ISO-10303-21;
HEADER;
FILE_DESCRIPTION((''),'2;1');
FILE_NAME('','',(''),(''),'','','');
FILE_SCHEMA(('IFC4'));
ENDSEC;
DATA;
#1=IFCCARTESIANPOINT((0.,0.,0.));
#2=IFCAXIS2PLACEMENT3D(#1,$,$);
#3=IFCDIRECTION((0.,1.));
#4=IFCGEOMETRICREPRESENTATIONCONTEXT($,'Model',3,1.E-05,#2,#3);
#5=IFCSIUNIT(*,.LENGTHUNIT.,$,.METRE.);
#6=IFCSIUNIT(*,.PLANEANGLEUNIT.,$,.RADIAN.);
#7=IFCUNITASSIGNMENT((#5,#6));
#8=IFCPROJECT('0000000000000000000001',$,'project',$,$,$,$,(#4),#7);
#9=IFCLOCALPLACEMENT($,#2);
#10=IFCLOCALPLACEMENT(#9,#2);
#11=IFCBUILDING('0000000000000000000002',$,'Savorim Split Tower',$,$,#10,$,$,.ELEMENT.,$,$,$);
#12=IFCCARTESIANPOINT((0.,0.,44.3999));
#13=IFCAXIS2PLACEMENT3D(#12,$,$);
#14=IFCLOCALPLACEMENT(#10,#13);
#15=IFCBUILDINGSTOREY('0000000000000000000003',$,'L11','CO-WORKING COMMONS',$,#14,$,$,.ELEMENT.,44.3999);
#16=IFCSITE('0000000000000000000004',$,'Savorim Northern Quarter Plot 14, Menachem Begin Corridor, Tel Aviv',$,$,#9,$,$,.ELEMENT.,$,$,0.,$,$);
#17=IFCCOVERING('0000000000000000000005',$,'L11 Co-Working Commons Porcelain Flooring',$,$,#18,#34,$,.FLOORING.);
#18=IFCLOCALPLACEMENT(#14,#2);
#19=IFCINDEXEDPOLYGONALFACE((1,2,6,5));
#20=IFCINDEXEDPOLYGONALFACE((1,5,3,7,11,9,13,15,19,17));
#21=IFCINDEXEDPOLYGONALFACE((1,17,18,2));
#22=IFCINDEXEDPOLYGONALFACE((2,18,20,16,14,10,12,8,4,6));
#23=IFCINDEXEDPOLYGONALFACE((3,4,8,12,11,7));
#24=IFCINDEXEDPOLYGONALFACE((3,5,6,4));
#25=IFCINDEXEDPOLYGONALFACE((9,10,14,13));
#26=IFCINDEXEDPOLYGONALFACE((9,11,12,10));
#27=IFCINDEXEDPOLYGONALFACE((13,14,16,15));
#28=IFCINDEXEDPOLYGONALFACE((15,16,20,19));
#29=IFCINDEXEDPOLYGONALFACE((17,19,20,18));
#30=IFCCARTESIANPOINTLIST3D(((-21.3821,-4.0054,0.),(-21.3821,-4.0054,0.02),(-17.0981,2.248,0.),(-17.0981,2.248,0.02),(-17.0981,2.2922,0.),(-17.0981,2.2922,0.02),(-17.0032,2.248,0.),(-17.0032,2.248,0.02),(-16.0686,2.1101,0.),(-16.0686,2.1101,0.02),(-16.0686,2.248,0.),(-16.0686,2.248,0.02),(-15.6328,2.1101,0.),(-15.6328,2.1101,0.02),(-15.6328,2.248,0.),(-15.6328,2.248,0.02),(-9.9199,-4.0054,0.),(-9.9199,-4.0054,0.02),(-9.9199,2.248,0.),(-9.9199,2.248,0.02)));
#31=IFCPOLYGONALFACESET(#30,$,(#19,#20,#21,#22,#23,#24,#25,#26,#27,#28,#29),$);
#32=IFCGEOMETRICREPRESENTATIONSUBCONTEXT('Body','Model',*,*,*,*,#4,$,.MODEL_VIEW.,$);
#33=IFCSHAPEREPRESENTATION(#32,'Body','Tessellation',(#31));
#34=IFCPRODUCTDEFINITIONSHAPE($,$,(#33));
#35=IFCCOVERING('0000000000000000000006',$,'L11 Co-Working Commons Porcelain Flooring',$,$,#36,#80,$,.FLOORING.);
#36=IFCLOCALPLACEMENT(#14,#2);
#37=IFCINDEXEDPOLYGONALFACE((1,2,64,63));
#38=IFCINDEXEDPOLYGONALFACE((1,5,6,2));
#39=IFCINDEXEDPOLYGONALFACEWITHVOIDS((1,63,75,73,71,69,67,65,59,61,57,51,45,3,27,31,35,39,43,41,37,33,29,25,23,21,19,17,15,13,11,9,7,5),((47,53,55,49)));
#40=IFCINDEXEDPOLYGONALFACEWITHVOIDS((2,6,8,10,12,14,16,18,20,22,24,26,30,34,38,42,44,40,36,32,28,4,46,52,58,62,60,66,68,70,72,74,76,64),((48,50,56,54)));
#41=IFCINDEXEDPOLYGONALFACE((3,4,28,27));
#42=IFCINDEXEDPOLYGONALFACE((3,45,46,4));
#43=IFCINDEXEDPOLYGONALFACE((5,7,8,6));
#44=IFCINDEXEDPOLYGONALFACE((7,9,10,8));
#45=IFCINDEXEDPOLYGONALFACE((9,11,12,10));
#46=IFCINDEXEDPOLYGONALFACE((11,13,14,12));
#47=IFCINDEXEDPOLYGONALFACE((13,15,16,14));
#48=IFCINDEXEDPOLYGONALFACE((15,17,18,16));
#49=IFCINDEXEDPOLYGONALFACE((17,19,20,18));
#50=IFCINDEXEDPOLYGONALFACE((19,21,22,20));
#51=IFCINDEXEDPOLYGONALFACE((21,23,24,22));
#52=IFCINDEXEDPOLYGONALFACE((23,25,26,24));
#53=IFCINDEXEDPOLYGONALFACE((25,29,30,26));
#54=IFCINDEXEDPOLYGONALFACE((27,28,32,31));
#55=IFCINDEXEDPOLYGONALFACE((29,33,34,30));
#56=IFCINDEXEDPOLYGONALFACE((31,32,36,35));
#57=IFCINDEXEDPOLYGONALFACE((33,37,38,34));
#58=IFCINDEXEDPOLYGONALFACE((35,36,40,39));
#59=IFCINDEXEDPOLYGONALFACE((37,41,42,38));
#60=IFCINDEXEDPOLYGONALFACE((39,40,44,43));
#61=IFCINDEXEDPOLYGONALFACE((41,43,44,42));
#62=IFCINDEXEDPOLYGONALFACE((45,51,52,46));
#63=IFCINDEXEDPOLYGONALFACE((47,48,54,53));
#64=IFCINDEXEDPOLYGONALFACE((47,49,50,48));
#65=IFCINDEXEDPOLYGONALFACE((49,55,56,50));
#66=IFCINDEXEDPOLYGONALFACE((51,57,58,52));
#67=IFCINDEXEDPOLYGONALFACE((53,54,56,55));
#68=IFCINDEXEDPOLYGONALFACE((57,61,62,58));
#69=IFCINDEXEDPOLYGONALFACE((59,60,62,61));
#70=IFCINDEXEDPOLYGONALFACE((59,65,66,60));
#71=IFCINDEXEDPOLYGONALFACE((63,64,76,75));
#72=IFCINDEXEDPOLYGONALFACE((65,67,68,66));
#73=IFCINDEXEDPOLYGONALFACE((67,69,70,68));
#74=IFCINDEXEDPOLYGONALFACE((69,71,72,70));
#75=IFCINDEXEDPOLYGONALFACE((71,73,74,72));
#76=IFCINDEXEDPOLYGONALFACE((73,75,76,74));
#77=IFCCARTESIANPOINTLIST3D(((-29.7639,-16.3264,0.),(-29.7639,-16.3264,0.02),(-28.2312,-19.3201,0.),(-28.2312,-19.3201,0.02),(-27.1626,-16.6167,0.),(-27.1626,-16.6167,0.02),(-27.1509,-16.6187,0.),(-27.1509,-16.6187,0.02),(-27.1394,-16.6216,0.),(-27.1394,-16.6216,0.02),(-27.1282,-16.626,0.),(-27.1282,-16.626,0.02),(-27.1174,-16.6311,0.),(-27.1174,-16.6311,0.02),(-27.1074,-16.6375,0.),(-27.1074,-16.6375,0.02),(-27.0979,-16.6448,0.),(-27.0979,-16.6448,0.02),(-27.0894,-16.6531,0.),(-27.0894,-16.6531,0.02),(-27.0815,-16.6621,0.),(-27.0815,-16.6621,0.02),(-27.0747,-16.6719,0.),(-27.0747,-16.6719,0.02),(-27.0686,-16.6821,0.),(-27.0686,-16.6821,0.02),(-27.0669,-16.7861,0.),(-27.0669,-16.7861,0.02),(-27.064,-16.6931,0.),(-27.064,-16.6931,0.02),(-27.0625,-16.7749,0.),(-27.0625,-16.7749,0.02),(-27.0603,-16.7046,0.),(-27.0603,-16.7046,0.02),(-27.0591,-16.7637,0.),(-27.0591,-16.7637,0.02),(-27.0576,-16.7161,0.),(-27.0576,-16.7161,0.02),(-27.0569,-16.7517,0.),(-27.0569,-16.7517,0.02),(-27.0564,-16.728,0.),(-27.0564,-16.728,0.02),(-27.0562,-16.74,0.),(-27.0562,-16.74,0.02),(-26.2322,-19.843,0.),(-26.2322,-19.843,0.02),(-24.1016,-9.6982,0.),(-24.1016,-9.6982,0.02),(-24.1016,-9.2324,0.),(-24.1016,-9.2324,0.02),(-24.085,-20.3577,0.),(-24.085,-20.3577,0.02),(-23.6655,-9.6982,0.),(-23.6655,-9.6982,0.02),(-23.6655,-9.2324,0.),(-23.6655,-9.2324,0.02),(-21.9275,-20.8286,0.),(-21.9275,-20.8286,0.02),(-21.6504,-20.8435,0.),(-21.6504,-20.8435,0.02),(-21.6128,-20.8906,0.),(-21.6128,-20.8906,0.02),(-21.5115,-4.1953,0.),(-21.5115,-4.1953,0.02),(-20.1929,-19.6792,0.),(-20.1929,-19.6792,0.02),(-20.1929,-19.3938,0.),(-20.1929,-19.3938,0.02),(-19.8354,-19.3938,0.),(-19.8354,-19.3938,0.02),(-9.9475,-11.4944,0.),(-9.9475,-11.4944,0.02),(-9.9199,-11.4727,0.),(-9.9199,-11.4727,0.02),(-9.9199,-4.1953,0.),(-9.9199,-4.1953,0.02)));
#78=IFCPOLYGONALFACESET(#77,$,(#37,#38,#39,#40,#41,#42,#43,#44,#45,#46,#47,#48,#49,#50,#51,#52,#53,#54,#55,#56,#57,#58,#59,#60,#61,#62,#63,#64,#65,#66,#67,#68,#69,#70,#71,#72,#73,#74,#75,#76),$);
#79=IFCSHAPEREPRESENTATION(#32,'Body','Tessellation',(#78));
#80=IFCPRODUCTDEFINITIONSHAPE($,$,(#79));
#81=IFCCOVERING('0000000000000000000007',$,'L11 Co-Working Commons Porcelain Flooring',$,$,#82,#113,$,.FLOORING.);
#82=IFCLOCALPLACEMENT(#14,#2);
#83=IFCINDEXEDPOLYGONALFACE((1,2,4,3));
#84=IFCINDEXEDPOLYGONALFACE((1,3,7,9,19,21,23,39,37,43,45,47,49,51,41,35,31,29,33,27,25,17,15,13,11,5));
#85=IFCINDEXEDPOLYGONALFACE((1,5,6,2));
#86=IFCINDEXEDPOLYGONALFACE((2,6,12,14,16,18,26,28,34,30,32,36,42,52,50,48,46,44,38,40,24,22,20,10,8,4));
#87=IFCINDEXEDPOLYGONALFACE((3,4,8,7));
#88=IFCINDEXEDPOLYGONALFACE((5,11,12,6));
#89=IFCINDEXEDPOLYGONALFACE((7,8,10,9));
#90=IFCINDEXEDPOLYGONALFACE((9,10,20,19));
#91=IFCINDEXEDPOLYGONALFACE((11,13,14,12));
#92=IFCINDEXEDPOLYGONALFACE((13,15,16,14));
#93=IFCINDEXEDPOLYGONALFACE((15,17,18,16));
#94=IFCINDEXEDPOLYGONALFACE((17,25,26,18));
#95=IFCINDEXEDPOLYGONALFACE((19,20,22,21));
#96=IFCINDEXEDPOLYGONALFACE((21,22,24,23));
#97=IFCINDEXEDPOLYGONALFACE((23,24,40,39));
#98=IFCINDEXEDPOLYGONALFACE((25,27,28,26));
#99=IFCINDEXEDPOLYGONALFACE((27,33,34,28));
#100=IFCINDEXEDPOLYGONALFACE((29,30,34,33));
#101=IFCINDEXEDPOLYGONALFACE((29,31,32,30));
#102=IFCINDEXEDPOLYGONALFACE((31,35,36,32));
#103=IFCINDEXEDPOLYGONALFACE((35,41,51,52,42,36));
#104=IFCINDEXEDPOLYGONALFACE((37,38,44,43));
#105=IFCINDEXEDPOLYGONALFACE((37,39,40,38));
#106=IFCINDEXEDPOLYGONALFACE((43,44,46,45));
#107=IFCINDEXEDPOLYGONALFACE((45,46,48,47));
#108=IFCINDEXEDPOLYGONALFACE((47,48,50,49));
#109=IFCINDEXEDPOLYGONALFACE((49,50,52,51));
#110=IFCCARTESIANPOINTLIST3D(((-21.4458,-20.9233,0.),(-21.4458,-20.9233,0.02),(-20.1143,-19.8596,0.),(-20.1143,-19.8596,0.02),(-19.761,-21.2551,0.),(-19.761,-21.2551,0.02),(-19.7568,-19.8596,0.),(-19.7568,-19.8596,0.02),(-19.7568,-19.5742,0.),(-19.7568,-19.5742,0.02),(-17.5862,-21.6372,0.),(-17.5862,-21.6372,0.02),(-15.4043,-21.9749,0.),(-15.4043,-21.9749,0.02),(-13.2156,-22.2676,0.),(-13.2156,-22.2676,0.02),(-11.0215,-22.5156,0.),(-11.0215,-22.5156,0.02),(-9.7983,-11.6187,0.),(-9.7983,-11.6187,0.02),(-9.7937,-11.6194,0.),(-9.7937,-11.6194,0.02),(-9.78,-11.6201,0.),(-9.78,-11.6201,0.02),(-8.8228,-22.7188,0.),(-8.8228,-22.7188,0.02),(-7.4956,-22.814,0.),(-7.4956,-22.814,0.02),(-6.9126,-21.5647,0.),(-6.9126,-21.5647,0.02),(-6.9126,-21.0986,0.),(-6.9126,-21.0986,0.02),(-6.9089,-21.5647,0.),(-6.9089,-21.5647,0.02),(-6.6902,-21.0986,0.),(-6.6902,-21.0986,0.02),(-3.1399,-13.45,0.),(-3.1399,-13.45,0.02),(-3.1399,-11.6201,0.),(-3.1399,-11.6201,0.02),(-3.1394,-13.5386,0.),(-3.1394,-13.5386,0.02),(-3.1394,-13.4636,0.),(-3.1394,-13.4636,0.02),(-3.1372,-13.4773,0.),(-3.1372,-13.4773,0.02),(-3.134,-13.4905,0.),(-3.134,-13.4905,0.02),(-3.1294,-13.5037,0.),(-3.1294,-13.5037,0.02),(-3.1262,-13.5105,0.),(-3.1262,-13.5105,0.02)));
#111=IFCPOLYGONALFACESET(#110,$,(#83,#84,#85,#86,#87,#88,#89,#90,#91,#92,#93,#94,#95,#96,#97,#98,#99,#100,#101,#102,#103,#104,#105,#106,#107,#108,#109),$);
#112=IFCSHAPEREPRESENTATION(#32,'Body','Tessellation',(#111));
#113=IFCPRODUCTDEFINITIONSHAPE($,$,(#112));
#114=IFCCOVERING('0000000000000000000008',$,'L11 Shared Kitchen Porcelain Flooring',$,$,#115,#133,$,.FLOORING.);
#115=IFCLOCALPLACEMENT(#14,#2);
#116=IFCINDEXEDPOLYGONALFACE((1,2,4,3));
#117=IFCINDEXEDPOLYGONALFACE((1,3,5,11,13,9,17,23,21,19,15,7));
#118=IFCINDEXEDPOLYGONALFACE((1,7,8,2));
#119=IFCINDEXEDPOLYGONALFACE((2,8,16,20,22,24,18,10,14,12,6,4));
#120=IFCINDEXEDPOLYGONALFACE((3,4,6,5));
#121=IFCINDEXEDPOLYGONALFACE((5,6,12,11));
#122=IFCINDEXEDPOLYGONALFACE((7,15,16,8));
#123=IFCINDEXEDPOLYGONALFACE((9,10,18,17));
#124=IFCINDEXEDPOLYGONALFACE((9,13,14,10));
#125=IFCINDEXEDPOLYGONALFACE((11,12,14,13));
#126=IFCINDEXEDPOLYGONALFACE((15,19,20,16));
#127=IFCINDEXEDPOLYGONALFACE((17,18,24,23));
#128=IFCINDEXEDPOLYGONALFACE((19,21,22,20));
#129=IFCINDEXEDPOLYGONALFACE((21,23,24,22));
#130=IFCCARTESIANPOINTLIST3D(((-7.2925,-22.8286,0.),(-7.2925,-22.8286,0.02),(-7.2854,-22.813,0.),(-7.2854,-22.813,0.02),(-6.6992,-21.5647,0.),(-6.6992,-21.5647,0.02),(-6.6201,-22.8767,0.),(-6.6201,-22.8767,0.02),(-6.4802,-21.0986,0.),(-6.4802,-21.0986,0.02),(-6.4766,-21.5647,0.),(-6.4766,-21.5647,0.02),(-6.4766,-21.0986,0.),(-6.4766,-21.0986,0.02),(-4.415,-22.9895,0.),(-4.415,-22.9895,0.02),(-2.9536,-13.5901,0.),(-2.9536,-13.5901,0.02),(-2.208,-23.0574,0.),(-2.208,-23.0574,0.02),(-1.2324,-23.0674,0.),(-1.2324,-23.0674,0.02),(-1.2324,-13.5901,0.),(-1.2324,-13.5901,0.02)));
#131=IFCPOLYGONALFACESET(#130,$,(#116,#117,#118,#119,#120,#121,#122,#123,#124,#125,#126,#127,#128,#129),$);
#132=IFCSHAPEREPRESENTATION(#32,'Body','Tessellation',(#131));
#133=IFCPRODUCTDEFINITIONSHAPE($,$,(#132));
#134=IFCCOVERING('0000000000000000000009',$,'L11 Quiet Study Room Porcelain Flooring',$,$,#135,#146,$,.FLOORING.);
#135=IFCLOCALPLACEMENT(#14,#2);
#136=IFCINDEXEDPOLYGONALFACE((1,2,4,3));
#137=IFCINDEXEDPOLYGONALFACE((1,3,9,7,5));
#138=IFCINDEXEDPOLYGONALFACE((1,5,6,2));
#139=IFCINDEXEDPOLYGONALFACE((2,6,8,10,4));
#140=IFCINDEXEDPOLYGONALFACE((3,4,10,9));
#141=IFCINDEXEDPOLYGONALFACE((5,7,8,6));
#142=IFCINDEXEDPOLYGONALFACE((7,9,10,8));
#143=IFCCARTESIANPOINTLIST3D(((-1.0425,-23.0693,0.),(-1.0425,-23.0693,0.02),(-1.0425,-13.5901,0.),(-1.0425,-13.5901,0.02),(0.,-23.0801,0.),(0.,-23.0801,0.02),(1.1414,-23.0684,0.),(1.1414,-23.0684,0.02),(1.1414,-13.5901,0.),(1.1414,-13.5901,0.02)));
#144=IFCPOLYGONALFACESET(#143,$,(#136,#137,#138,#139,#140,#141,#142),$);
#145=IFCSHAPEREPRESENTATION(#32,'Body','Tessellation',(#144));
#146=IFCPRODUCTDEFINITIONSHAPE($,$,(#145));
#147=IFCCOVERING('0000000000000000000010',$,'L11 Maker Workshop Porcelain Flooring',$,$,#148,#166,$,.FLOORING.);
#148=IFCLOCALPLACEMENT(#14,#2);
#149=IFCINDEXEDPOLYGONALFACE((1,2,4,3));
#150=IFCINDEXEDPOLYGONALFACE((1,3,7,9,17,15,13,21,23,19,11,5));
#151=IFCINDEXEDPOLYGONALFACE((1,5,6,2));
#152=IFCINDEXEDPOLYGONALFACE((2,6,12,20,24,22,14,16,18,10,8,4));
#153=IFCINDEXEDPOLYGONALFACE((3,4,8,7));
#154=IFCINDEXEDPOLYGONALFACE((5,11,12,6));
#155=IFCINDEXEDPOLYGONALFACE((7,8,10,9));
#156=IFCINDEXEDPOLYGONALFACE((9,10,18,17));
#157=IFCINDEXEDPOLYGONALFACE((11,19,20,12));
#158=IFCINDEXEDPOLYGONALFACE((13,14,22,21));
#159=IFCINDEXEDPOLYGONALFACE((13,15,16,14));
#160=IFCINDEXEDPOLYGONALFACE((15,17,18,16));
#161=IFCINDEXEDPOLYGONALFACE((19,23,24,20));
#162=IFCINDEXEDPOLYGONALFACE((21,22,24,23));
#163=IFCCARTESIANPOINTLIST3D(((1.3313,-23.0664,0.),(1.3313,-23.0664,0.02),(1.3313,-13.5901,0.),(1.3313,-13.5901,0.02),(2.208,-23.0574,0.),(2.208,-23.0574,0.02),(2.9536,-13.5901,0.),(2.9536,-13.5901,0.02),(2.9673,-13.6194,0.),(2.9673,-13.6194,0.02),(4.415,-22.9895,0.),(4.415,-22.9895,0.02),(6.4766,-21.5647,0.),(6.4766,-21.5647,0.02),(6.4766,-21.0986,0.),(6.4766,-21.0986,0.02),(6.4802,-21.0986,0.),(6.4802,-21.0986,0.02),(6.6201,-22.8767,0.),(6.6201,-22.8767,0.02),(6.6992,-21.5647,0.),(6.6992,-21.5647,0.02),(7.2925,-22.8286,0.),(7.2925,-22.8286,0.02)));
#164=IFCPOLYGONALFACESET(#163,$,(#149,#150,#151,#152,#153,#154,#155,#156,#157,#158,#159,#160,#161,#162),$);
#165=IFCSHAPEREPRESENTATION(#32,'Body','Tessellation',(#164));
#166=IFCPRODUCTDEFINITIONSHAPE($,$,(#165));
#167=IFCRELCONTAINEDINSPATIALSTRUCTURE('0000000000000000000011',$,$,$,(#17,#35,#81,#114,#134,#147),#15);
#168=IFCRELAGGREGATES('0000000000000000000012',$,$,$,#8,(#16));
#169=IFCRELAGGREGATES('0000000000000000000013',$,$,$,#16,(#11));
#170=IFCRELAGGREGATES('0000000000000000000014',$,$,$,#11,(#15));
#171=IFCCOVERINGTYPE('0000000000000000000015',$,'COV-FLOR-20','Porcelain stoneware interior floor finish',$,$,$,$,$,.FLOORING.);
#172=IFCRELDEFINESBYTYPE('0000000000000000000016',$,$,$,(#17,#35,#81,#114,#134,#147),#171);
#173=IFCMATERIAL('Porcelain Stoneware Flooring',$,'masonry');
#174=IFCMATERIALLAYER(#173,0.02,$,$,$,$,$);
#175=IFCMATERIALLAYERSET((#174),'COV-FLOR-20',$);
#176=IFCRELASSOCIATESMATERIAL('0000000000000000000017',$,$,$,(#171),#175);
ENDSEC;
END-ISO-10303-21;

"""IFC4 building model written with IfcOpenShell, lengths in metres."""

from ifc_helpers import new_model, si_unit, direction, frame, origin, place, context, subcontext, project, spatial, polyline, outline, extrude, material, layer, layer_set, type_object, element, save


model = new_model("IFC4")

# Units and contexts
model_context = context("Model", 3, precision=1e-05, world=origin(), true_north=direction((0.0, 1.0)))
body_context = subcontext(model_context, "Body", "Model", "MODEL_VIEW")
ifc_project = project(units=[si_unit("LENGTHUNIT", "METRE"), si_unit("PLANEANGLEUNIT", "RADIAN")], contexts=[model_context])

# Site, building, storey
site_placement = place(None, origin())
site = spatial("IfcSite", under=ifc_project, at=site_placement, Name="Savorim Northern Quarter Plot 14, Menachem Begin Corridor, Tel Aviv", CompositionType="ELEMENT", RefElevation=0.0)
building_placement = place(site_placement, origin())
building = spatial("IfcBuilding", under=site, at=building_placement, Name="Savorim Split Tower", CompositionType="ELEMENT")
storey_placement = place(building_placement, frame((0.0, 0.0, 44.3999)))
storey = spatial("IfcBuildingStorey", under=building, at=storey_placement, Name="L11", Description="CO-WORKING COMMONS", CompositionType="ELEMENT", Elevation=44.3999)

# Coverings
ifc_material_1 = material(Name="Porcelain Stoneware Flooring", Category="masonry")
ifc_layer_1 = layer(ifc_material_1, 0.02)
ifc_layer_set_1 = layer_set([ifc_layer_1], Name="COV-FLOR-20")
covering_type_1 = type_object("IfcCoveringType", Name="COV-FLOR-20", Description="Porcelain stoneware interior floor finish", PredefinedType="FLOORING", material=ifc_layer_set_1)
covering_1_placement = place(storey_placement, origin())
element("IfcCovering", 1, at=covering_1_placement, inside=storey, type_object=covering_type_1, Name="L11 Co-Working Commons Porcelain Flooring", PredefinedType="FLOORING", context=body_context, shape_type="SweptSolid", body=[
    extrude(outline(polyline([(-17.0032, 2.248), (-17.0981, 2.248), (-17.0981, 2.2922), (-21.3821, -4.0054), (-9.9199, -4.0054), (-9.9199, 2.248), (-15.6328, 2.248), (-15.6328, 2.1101), (-16.0686, 2.1101), (-16.0686, 2.248), (-17.0032, 2.248)])), origin(), (0.0, 0.0, 1.0), 0.02),
])
covering_2_placement = place(storey_placement, origin())
element("IfcCovering", 2, at=covering_2_placement, inside=storey, type_object=covering_type_1, Name="L11 Co-Working Commons Porcelain Flooring", PredefinedType="FLOORING", context=body_context, shape_type="SweptSolid", body=[
    extrude(outline(polyline([(-27.0562, -16.74), (-27.0569, -16.7517), (-27.0591, -16.7637), (-27.0625, -16.7749), (-27.0669, -16.7861), (-28.2312, -19.3201), (-26.2322, -19.843), (-24.085, -20.3577), (-21.9275, -20.8286), (-21.6128, -20.8906), (-21.6504, -20.8435), (-20.1929, -19.6792), (-20.1929, -19.3938), (-19.8354, -19.3938), (-9.9475, -11.4944), (-9.9199, -11.4727), (-9.9199, -4.1953), (-21.5115, -4.1953), (-29.7639, -16.3264), (-27.1626, -16.6167), (-27.1509, -16.6187), (-27.1394, -16.6216), (-27.1282, -16.626), (-27.1174, -16.6311), (-27.1074, -16.6375), (-27.0979, -16.6448), (-27.0894, -16.6531), (-27.0815, -16.6621), (-27.0747, -16.6719), (-27.0686, -16.6821), (-27.064, -16.6931), (-27.0603, -16.7046), (-27.0576, -16.7161), (-27.0564, -16.728), (-27.0562, -16.74)]), holes=[polyline([(-24.1016, -9.6982), (-23.6655, -9.6982), (-23.6655, -9.2324), (-24.1016, -9.2324), (-24.1016, -9.6982)])]), origin(), (0.0, 0.0, 1.0), 0.02),
])
covering_3_placement = place(storey_placement, origin())
element("IfcCovering", 3, at=covering_3_placement, inside=storey, type_object=covering_type_1, Name="L11 Co-Working Commons Porcelain Flooring", PredefinedType="FLOORING", context=body_context, shape_type="SweptSolid", body=[
    extrude(outline(polyline([(-15.4043, -21.9749), (-13.2156, -22.2676), (-11.0215, -22.5156), (-8.8228, -22.7188), (-7.4956, -22.814), (-6.9089, -21.5647), (-6.9126, -21.5647), (-6.9126, -21.0986), (-6.6902, -21.0986), (-3.1394, -13.5386), (-3.1262, -13.5105), (-3.1294, -13.5037), (-3.134, -13.4905), (-3.1372, -13.4773), (-3.1394, -13.4636), (-3.1399, -13.45), (-3.1399, -11.6201), (-9.78, -11.6201), (-9.7937, -11.6194), (-9.7983, -11.6187), (-19.7568, -19.5742), (-19.7568, -19.8596), (-20.1143, -19.8596), (-21.4458, -20.9233), (-19.761, -21.2551), (-17.5862, -21.6372), (-15.4043, -21.9749)])), origin(), (0.0, 0.0, 1.0), 0.02),
])
covering_4_placement = place(storey_placement, origin())
element("IfcCovering", 4, at=covering_4_placement, inside=storey, type_object=covering_type_1, Name="L11 Shared Kitchen Porcelain Flooring", PredefinedType="FLOORING", context=body_context, shape_type="SweptSolid", body=[
    extrude(outline(polyline([(-6.6201, -22.8767), (-4.415, -22.9895), (-2.208, -23.0574), (-1.2324, -23.0674), (-1.2324, -13.5901), (-2.9536, -13.5901), (-6.4802, -21.0986), (-6.4766, -21.0986), (-6.4766, -21.5647), (-6.6992, -21.5647), (-7.2854, -22.813), (-7.2925, -22.8286), (-6.6201, -22.8767)])), origin(), (0.0, 0.0, 1.0), 0.02),
])
covering_5_placement = place(storey_placement, origin())
element("IfcCovering", 5, at=covering_5_placement, inside=storey, type_object=covering_type_1, Name="L11 Quiet Study Room Porcelain Flooring", PredefinedType="FLOORING", context=body_context, shape_type="SweptSolid", body=[
    extrude(outline(polyline([(-1.0425, -13.5901), (-1.0425, -23.0693), (0.0, -23.0801), (1.1414, -23.0684), (1.1414, -13.5901), (-1.0425, -13.5901)])), origin(), (0.0, 0.0, 1.0), 0.02),
])
covering_6_placement = place(storey_placement, origin())
element("IfcCovering", 6, at=covering_6_placement, inside=storey, type_object=covering_type_1, Name="L11 Maker Workshop Porcelain Flooring", PredefinedType="FLOORING", context=body_context, shape_type="SweptSolid", body=[
    extrude(outline(polyline([(1.3313, -23.0664), (2.208, -23.0574), (4.415, -22.9895), (6.6201, -22.8767), (7.2925, -22.8286), (6.6992, -21.5647), (6.4766, -21.5647), (6.4766, -21.0986), (6.4802, -21.0986), (2.9673, -13.6194), (2.9536, -13.5901), (1.3313, -13.5901), (1.3313, -23.0664)])), origin(), (0.0, 0.0, 1.0), 0.02),
])

save(model, "model.ifc")
